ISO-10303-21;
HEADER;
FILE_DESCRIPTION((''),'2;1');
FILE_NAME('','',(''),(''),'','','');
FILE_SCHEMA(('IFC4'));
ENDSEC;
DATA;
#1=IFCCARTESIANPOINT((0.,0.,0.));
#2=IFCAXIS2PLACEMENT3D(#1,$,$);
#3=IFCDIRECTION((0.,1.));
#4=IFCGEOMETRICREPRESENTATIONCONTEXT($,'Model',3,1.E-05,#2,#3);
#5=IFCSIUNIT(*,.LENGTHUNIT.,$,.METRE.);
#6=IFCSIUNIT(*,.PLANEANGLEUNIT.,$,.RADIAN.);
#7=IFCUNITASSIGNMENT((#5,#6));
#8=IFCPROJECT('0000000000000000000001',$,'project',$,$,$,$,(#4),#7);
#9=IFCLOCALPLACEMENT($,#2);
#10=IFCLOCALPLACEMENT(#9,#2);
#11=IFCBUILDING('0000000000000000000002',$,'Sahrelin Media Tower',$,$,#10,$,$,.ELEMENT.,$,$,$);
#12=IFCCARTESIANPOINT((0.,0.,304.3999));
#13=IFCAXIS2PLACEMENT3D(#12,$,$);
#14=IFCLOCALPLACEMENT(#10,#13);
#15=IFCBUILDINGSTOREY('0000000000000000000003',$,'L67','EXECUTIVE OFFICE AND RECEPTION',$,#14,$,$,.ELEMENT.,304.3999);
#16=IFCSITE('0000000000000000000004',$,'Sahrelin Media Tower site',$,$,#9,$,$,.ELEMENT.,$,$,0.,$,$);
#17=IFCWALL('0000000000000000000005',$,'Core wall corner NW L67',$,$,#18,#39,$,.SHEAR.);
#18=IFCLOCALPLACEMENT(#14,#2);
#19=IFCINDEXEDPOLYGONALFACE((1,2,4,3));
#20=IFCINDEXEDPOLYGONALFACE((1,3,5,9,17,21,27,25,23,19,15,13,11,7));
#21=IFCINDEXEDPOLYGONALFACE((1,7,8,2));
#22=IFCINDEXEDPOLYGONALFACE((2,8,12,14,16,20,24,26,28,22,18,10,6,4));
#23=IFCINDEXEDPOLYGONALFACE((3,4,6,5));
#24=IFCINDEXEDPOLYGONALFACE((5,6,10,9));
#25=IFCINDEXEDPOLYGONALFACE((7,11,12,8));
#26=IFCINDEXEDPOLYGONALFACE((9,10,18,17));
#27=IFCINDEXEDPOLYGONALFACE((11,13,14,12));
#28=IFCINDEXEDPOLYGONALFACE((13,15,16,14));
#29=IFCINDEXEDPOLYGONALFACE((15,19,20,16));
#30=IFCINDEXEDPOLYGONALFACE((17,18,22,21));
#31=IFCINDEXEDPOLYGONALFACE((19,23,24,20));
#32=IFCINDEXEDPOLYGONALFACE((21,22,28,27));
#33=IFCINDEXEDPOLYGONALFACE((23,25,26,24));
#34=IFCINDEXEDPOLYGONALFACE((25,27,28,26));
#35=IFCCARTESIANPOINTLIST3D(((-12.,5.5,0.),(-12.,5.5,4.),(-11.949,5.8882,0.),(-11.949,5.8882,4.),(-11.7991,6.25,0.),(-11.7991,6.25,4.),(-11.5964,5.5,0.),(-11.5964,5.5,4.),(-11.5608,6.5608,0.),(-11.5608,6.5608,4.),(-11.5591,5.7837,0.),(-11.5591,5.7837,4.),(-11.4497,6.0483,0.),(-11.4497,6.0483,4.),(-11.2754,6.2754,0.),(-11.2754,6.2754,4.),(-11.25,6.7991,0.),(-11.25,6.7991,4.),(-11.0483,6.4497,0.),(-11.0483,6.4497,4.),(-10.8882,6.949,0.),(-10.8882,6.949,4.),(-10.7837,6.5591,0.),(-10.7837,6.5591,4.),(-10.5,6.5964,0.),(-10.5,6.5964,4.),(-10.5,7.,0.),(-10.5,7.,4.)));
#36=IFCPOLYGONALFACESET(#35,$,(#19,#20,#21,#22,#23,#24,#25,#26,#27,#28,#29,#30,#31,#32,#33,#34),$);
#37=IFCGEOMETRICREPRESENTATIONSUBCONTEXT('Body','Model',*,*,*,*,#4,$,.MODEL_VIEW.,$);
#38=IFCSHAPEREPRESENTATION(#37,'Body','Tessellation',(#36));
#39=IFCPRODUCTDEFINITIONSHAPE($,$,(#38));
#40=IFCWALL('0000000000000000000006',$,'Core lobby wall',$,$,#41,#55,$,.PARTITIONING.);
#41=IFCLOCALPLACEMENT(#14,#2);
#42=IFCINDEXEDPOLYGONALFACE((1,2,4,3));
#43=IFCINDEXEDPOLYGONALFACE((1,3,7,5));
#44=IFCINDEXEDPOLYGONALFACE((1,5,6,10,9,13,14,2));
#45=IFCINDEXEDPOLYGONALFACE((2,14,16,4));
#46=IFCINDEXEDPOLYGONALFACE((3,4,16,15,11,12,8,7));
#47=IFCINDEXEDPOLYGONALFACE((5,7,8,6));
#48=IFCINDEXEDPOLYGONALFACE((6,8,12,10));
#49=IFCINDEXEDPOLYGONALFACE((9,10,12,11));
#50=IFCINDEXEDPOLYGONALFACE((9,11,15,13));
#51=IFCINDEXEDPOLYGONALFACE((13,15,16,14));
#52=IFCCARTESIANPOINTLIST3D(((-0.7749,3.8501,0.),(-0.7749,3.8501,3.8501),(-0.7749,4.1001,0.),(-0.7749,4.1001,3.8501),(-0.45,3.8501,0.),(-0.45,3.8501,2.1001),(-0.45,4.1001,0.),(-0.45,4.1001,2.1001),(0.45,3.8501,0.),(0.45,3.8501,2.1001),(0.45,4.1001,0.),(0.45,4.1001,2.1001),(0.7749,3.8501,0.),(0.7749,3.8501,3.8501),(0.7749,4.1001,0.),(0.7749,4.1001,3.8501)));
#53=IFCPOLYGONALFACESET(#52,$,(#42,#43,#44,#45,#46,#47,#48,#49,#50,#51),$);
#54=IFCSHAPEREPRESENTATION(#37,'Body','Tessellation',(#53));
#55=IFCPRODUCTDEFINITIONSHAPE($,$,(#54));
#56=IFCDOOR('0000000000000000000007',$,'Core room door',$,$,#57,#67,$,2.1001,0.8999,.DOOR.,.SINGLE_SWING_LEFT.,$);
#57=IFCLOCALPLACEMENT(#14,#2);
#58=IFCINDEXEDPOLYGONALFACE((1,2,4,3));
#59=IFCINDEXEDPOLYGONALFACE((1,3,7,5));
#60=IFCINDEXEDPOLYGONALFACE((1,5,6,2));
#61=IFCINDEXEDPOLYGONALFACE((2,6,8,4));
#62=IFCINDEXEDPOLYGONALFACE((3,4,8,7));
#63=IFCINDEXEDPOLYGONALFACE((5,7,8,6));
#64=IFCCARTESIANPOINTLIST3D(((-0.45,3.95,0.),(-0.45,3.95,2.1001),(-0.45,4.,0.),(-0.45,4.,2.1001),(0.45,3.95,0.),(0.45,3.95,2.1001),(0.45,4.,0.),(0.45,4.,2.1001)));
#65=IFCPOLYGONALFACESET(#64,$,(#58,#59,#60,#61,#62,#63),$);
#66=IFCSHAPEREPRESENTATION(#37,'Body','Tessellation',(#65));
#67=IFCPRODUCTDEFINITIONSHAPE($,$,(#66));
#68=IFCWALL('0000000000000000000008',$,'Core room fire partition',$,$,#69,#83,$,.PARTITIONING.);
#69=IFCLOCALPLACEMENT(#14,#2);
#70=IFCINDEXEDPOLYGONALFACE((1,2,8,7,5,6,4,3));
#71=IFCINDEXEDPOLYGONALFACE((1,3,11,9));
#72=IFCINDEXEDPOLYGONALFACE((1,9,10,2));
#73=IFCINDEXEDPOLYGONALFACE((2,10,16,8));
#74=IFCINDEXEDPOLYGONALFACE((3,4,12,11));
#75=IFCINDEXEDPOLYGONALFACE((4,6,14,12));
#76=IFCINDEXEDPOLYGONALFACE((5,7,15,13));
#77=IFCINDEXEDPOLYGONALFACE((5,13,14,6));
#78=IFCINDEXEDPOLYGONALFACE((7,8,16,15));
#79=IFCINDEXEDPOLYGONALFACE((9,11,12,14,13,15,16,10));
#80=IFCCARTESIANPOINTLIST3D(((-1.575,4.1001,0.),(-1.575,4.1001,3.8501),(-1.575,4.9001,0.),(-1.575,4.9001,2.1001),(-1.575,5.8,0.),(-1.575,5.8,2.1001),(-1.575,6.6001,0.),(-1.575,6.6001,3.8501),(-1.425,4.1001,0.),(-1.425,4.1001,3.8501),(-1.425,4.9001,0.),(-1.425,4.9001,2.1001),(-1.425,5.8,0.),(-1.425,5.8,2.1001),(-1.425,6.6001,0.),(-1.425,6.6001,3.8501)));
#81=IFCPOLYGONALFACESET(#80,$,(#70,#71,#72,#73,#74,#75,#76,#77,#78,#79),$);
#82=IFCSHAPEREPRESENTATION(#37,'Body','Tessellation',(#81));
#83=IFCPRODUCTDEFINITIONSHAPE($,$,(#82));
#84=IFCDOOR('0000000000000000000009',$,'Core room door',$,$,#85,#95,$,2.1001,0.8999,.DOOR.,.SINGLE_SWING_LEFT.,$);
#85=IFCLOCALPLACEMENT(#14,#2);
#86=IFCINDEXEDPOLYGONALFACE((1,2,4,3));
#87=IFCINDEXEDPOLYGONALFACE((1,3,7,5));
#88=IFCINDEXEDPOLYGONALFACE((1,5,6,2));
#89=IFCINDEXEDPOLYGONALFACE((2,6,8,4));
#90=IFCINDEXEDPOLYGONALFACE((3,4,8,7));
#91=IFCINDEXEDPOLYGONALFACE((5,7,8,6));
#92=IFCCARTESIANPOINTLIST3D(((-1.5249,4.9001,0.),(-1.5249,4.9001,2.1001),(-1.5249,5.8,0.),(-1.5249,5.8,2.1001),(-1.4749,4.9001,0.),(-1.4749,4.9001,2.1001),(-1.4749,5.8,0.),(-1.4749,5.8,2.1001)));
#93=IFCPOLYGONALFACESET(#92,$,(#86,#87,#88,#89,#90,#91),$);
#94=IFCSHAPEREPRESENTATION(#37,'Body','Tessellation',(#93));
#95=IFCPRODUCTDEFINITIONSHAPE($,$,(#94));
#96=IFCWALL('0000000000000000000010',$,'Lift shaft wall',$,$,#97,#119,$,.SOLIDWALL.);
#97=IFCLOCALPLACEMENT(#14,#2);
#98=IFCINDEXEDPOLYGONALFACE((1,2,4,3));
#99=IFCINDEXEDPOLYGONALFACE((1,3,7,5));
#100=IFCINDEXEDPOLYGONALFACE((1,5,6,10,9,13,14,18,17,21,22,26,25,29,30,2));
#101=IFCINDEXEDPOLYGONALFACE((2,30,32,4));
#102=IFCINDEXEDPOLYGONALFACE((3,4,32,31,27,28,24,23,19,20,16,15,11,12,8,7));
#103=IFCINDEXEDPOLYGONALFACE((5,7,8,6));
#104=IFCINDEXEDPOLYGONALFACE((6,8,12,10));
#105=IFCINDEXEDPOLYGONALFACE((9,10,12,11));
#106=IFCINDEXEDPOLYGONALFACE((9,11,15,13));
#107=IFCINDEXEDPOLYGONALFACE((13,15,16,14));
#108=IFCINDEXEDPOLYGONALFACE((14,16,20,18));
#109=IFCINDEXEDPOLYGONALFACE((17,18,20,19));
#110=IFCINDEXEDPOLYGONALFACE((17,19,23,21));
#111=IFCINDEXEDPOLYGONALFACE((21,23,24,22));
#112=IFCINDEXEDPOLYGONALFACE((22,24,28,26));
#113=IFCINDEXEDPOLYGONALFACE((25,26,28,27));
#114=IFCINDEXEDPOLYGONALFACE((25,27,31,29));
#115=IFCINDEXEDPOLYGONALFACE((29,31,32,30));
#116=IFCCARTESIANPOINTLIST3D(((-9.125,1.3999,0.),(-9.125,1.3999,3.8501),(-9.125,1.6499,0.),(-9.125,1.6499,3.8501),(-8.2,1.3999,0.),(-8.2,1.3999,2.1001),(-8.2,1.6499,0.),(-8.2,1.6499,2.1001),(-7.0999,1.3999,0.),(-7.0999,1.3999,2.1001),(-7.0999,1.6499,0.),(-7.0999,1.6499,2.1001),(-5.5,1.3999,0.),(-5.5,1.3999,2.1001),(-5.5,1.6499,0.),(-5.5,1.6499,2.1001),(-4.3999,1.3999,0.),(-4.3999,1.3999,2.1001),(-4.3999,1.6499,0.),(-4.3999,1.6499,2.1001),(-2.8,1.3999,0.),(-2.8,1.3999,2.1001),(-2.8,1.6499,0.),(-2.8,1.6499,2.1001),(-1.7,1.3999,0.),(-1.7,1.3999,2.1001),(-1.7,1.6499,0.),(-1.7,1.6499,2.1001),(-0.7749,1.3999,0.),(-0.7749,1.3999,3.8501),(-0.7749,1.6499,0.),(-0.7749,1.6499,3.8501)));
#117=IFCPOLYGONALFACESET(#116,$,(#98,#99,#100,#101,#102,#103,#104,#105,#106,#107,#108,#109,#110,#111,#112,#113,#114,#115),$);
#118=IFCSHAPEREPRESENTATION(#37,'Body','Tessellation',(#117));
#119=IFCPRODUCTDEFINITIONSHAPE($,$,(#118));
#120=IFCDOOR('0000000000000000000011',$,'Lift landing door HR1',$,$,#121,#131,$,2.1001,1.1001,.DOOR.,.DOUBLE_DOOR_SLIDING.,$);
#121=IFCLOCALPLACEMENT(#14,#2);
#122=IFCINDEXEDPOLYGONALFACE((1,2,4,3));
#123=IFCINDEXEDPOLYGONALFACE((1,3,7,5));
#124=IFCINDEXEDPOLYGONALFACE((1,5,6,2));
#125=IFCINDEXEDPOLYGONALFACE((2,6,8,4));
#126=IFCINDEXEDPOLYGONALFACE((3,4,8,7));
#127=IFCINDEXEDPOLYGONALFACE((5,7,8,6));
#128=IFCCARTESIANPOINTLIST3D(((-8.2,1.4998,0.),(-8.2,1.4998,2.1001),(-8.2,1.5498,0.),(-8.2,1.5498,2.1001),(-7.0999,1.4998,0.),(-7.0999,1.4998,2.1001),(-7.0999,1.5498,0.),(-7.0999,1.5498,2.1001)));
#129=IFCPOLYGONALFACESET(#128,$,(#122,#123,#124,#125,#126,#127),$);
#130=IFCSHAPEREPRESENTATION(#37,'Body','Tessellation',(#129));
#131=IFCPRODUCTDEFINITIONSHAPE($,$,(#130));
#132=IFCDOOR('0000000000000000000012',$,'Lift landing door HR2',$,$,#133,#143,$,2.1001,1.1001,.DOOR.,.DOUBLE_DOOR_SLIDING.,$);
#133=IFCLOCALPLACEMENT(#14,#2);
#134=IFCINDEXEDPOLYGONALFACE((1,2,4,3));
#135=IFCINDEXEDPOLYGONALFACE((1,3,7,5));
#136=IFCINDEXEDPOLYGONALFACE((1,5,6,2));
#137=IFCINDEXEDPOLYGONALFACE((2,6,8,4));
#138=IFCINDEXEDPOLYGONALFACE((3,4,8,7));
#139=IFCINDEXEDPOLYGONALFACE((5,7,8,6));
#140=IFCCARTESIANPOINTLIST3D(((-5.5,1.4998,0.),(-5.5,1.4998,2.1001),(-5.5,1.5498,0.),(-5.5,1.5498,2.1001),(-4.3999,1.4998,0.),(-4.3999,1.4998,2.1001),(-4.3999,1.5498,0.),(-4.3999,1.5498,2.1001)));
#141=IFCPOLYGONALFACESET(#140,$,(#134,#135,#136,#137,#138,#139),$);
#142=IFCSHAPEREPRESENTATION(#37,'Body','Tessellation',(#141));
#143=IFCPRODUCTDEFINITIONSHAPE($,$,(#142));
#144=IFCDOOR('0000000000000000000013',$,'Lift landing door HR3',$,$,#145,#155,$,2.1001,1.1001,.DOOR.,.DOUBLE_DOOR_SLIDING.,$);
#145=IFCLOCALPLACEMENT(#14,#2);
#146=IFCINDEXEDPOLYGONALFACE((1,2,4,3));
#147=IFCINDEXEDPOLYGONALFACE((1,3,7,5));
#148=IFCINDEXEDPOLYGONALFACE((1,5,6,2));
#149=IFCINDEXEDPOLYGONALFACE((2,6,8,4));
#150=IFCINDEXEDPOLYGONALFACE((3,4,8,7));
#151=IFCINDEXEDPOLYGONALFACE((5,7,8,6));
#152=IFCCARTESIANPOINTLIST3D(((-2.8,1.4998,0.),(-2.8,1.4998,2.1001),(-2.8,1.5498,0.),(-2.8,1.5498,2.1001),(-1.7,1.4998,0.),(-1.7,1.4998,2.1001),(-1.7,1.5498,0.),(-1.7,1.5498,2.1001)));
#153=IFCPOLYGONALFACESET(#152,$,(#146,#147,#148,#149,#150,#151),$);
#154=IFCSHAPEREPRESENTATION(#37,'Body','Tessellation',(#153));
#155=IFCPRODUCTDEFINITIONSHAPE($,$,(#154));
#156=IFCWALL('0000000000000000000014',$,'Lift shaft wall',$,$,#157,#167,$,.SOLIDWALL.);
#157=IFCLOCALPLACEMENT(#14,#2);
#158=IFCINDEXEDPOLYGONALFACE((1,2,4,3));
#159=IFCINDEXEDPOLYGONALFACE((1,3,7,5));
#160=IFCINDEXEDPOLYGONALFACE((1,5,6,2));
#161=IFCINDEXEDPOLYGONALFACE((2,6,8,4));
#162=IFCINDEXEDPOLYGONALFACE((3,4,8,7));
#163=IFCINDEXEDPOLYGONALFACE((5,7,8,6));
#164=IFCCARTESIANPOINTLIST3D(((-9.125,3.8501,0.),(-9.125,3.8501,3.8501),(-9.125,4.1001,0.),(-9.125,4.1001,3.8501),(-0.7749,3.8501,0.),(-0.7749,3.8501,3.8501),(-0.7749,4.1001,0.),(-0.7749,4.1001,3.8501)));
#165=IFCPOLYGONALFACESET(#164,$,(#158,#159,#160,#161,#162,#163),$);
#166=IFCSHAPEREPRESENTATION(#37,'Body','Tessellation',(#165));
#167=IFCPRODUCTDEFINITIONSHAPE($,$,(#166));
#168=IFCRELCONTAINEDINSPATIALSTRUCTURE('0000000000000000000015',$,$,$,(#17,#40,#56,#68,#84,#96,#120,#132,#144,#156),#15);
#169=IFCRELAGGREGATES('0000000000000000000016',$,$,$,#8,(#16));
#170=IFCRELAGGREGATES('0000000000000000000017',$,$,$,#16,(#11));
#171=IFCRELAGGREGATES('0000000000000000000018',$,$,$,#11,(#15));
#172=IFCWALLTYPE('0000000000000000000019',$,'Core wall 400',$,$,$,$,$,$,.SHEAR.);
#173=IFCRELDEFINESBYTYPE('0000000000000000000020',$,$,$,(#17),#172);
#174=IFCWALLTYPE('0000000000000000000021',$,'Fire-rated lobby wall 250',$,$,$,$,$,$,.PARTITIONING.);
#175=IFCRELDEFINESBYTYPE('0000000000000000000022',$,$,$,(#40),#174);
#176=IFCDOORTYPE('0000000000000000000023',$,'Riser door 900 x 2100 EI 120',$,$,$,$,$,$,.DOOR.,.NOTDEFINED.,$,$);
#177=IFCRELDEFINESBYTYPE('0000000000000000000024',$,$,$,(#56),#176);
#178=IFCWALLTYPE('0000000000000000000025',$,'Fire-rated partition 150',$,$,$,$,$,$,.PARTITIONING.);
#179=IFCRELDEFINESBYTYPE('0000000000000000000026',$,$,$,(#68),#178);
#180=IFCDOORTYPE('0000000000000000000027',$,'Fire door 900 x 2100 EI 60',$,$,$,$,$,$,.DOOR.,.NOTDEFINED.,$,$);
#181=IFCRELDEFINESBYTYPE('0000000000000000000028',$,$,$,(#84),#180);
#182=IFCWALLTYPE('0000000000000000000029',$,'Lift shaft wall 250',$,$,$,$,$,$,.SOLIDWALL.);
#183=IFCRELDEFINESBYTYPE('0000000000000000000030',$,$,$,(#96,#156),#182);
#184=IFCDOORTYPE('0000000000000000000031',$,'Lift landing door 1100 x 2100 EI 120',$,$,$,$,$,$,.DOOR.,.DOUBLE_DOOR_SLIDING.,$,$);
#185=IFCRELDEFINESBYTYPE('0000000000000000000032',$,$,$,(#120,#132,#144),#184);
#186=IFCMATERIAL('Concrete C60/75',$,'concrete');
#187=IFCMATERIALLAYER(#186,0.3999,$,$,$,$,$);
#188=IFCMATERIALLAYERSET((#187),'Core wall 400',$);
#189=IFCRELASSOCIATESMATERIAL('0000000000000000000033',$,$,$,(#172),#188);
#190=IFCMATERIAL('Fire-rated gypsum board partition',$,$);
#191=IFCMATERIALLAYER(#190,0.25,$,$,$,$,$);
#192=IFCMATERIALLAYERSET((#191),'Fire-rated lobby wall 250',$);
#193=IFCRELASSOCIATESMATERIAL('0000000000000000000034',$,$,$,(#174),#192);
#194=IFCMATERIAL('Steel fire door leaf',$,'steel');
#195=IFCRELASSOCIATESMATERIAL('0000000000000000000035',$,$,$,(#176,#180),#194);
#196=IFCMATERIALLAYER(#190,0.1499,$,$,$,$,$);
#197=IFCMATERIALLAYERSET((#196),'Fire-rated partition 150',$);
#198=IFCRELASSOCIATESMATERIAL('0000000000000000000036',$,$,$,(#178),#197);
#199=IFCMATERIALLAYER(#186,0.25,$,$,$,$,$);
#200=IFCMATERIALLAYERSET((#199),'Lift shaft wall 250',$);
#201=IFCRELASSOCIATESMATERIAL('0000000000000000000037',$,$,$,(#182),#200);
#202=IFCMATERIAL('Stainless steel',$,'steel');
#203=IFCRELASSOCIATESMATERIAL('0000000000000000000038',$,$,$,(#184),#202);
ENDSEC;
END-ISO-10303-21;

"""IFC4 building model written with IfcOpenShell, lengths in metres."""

from ifc_helpers import new_model, si_unit, direction, frame, frame_2d, origin, place, context, subcontext, project, spatial, polyline, rectangle, outline, extrude, material, layer, layer_set, type_object, element, fill, save


model = new_model("IFC4")

# Units and contexts
model_context = context("Model", 3, precision=1e-05, world=origin(), true_north=direction((0.0, 1.0)))
body_context = subcontext(model_context, "Body", "Model", "MODEL_VIEW")
ifc_project = project(units=[si_unit("LENGTHUNIT", "METRE"), si_unit("PLANEANGLEUNIT", "RADIAN")], contexts=[model_context])

# Site, building, storey
site_placement = place(None, origin())
site = spatial("IfcSite", under=ifc_project, at=site_placement, Name="Sahrelin Media Tower site", CompositionType="ELEMENT", RefElevation=0.0)
building_placement = place(site_placement, origin())
building = spatial("IfcBuilding", under=site, at=building_placement, Name="Sahrelin Media Tower", CompositionType="ELEMENT")
storey_placement = place(building_placement, frame((0.0, 0.0, 304.3999)))
storey = spatial("IfcBuildingStorey", under=building, at=storey_placement, Name="L67", Description="EXECUTIVE OFFICE AND RECEPTION", CompositionType="ELEMENT", Elevation=304.3999)

# Wall
ifc_material_1 = material(Name="Concrete C60/75", Category="concrete")
ifc_layer_1 = layer(ifc_material_1, 0.3999)
ifc_layer_set_1 = layer_set([ifc_layer_1], Name="Core wall 400")
wall_type_1 = type_object("IfcWallType", Name="Core wall 400", PredefinedType="SHEAR", material=ifc_layer_set_1)
placement = place(storey_placement, origin())
element("IfcWall", 1, at=placement, inside=storey, type_object=wall_type_1, Name="Core wall corner NW L67", PredefinedType="SHEAR", context=body_context, shape_type="SweptSolid", body=[
    extrude(outline(polyline([(-12.0, 5.5), (-11.5964, 5.5), (-11.5591, 5.7837), (-11.4497, 6.0483), (-11.2754, 6.2754), (-11.0483, 6.4497), (-10.7837, 6.5591), (-10.5, 6.5964), (-10.5, 7.0), (-10.8882, 6.949), (-11.25, 6.7991), (-11.5608, 6.5608), (-11.7991, 6.25), (-11.949, 5.8882), (-12.0, 5.5)])), origin(), (0.0, 0.0, 1.0), 4.0),
])

# Walls, openings, doors
ifc_material_2 = material(Name="Fire-rated gypsum board partition")
ifc_layer_2 = layer(ifc_material_2, 0.25)
ifc_layer_set_2 = layer_set([ifc_layer_2], Name="Fire-rated lobby wall 250")
wall_type_2 = type_object("IfcWallType", Name="Fire-rated lobby wall 250", PredefinedType="PARTITIONING", material=ifc_layer_set_2)
wall_1_placement = place(storey_placement, frame((-0.7749, 3.9751, 0.0), z_axis=(0.0, 0.0, 1.0), x_axis=(1.0, 0.0, 0.0)))
wall_1 = element("IfcWall", 2, at=wall_1_placement, inside=storey, type_object=wall_type_2, Name="Core lobby wall", PredefinedType="PARTITIONING", context=body_context, shape_type="SweptSolid", body=[
    extrude(rectangle(XDim=1.5498, YDim=0.25, at=frame_2d((0.7749, 0.0))), origin(), (0.0, 0.0, 1.0), 3.8501),
])
opening_1_placement = place(wall_1_placement, frame((0.325, 0.0, 0.0)))
opening_1 = element("IfcOpeningElement", 3, at=opening_1_placement, cuts=wall_1, PredefinedType="OPENING", context=body_context, shape_type="SweptSolid", body=[
    extrude(rectangle(XDim=0.8999, YDim=2.1001, at=frame_2d((0.45, 1.05))), frame((0.0, 0.125, 0.0), z_axis=(0.0, -1.0, 0.0), x_axis=(1.0, 0.0, 0.0)), (0.0, 0.0, 1.0), 0.25),
])
ifc_material_3 = material(Name="Steel fire door leaf", Category="steel")
door_type_1 = type_object("IfcDoorType", Name="Riser door 900 x 2100 EI 120", OperationType="NOTDEFINED", PredefinedType="DOOR", material=ifc_material_3)
door_1_placement = place(opening_1_placement, origin())
door_1 = element("IfcDoor", 4, at=door_1_placement, inside=storey, type_object=door_type_1, Name="Core room door", OperationType="SINGLE_SWING_LEFT", OverallHeight=2.1001, OverallWidth=0.8999, PredefinedType="DOOR", context=body_context, shape_type="SweptSolid", body=[
    extrude(rectangle(XDim=0.8999, YDim=2.1001, at=frame_2d((0.45, 1.05))), frame((0.0, 0.0249, 0.0), z_axis=(0.0, -1.0, 0.0), x_axis=(1.0, 0.0, 0.0)), (0.0, 0.0, 1.0), 0.05),
])
fill(opening_1, door_1)
ifc_layer_3 = layer(ifc_material_2, 0.1499)
ifc_layer_set_3 = layer_set([ifc_layer_3], Name="Fire-rated partition 150")
wall_type_3 = type_object("IfcWallType", Name="Fire-rated partition 150", PredefinedType="PARTITIONING", material=ifc_layer_set_3)
wall_2_placement = place(storey_placement, frame((-1.5, 4.1001, 0.0), z_axis=(0.0, 0.0, 1.0), x_axis=(0.0, 1.0, 0.0)))
wall_2 = element("IfcWall", 5, at=wall_2_placement, inside=storey, type_object=wall_type_3, Name="Core room fire partition", PredefinedType="PARTITIONING", context=body_context, shape_type="SweptSolid", body=[
    extrude(rectangle(XDim=2.5, YDim=0.1499, at=frame_2d((1.25, 0.0))), origin(), (0.0, 0.0, 1.0), 3.8501),
])
opening_2_placement = place(wall_2_placement, frame((0.8, 0.0, 0.0)))
opening_2 = element("IfcOpeningElement", 6, at=opening_2_placement, cuts=wall_2, PredefinedType="OPENING", context=body_context, shape_type="SweptSolid", body=[
    extrude(rectangle(XDim=0.8999, YDim=2.1001, at=frame_2d((0.45, 1.05))), frame((0.0, 0.075, 0.0), z_axis=(0.0, -1.0, 0.0), x_axis=(1.0, 0.0, 0.0)), (0.0, 0.0, 1.0), 0.1499),
])
door_type_2 = type_object("IfcDoorType", Name="Fire door 900 x 2100 EI 60", OperationType="NOTDEFINED", PredefinedType="DOOR", material=ifc_material_3)
door_2_placement = place(opening_2_placement, origin())
door_2 = element("IfcDoor", 7, at=door_2_placement, inside=storey, type_object=door_type_2, Name="Core room door", OperationType="SINGLE_SWING_LEFT", OverallHeight=2.1001, OverallWidth=0.8999, PredefinedType="DOOR", context=body_context, shape_type="SweptSolid", body=[
    extrude(rectangle(XDim=0.8999, YDim=2.1001, at=frame_2d((0.45, 1.05))), frame((0.0, 0.0249, 0.0), z_axis=(0.0, -1.0, 0.0), x_axis=(1.0, 0.0, 0.0)), (0.0, 0.0, 1.0), 0.05),
])
fill(opening_2, door_2)

# Wall, openings, doors
ifc_layer_4 = layer(ifc_material_1, 0.25)
ifc_layer_set_4 = layer_set([ifc_layer_4], Name="Lift shaft wall 250")
wall_type_4 = type_object("IfcWallType", Name="Lift shaft wall 250", PredefinedType="SOLIDWALL", material=ifc_layer_set_4)
wall_3_placement = place(storey_placement, frame((-9.125, 1.5249, 0.0), z_axis=(0.0, 0.0, 1.0), x_axis=(1.0, 0.0, 0.0)))
wall_3 = element("IfcWall", 8, at=wall_3_placement, inside=storey, type_object=wall_type_4, Name="Lift shaft wall", PredefinedType="SOLIDWALL", context=body_context, shape_type="SweptSolid", body=[
    extrude(rectangle(XDim=8.3501, YDim=0.25, at=frame_2d((4.175, 0.0))), origin(), (0.0, 0.0, 1.0), 3.8501),
])
opening_3_placement = place(wall_3_placement, frame((0.925, 0.0, 0.0)))
opening_3 = element("IfcOpeningElement", 9, at=opening_3_placement, cuts=wall_3, PredefinedType="OPENING", context=body_context, shape_type="SweptSolid", body=[
    extrude(rectangle(XDim=1.1001, YDim=2.1001, at=frame_2d((0.55, 1.05))), frame((0.0, 0.125, 0.0), z_axis=(0.0, -1.0, 0.0), x_axis=(1.0, 0.0, 0.0)), (0.0, 0.0, 1.0), 0.25),
])
opening_4_placement = place(wall_3_placement, frame((3.625, 0.0, 0.0)))
opening_4 = element("IfcOpeningElement", 10, at=opening_4_placement, cuts=wall_3, PredefinedType="OPENING", context=body_context, shape_type="SweptSolid", body=[
    extrude(rectangle(XDim=1.1001, YDim=2.1001, at=frame_2d((0.55, 1.05))), frame((0.0, 0.125, 0.0), z_axis=(0.0, -1.0, 0.0), x_axis=(1.0, 0.0, 0.0)), (0.0, 0.0, 1.0), 0.25),
])
opening_5_placement = place(wall_3_placement, frame((6.325, 0.0, 0.0)))
opening_5 = element("IfcOpeningElement", 11, at=opening_5_placement, cuts=wall_3, PredefinedType="OPENING", context=body_context, shape_type="SweptSolid", body=[
    extrude(rectangle(XDim=1.1001, YDim=2.1001, at=frame_2d((0.55, 1.05))), frame((0.0, 0.125, 0.0), z_axis=(0.0, -1.0, 0.0), x_axis=(1.0, 0.0, 0.0)), (0.0, 0.0, 1.0), 0.25),
])
ifc_material_4 = material(Name="Stainless steel", Category="steel")
door_type_3 = type_object("IfcDoorType", Name="Lift landing door 1100 x 2100 EI 120", OperationType="DOUBLE_DOOR_SLIDING", PredefinedType="DOOR", material=ifc_material_4)
door_3_placement = place(opening_3_placement, origin())
door_3 = element("IfcDoor", 12, at=door_3_placement, inside=storey, type_object=door_type_3, Name="Lift landing door HR1", OperationType="DOUBLE_DOOR_SLIDING", OverallHeight=2.1001, OverallWidth=1.1001, PredefinedType="DOOR", context=body_context, shape_type="SweptSolid", body=[
    extrude(rectangle(XDim=1.1001, YDim=2.1001, at=frame_2d((0.55, 1.05))), frame((0.0, 0.0249, 0.0), z_axis=(0.0, -1.0, 0.0), x_axis=(1.0, 0.0, 0.0)), (0.0, 0.0, 1.0), 0.05),
])
fill(opening_3, door_3)
door_4_placement = place(opening_4_placement, origin())
door_4 = element("IfcDoor", 13, at=door_4_placement, inside=storey, type_object=door_type_3, Name="Lift landing door HR2", OperationType="DOUBLE_DOOR_SLIDING", OverallHeight=2.1001, OverallWidth=1.1001, PredefinedType="DOOR", context=body_context, shape_type="SweptSolid", body=[
    extrude(rectangle(XDim=1.1001, YDim=2.1001, at=frame_2d((0.55, 1.05))), frame((0.0, 0.0249, 0.0), z_axis=(0.0, -1.0, 0.0), x_axis=(1.0, 0.0, 0.0)), (0.0, 0.0, 1.0), 0.05),
])
fill(opening_4, door_4)
door_5_placement = place(opening_5_placement, origin())
door_5 = element("IfcDoor", 14, at=door_5_placement, inside=storey, type_object=door_type_3, Name="Lift landing door HR3", OperationType="DOUBLE_DOOR_SLIDING", OverallHeight=2.1001, OverallWidth=1.1001, PredefinedType="DOOR", context=body_context, shape_type="SweptSolid", body=[
    extrude(rectangle(XDim=1.1001, YDim=2.1001, at=frame_2d((0.55, 1.05))), frame((0.0, 0.0249, 0.0), z_axis=(0.0, -1.0, 0.0), x_axis=(1.0, 0.0, 0.0)), (0.0, 0.0, 1.0), 0.05),
])
fill(opening_5, door_5)

# Wall
wall_4_placement = place(storey_placement, frame((-9.125, 3.9751, 0.0), z_axis=(0.0, 0.0, 1.0), x_axis=(1.0, 0.0, 0.0)))
element("IfcWall", 15, at=wall_4_placement, inside=storey, type_object=wall_type_4, Name="Lift shaft wall", PredefinedType="SOLIDWALL", context=body_context, shape_type="SweptSolid", body=[
    extrude(rectangle(XDim=8.3501, YDim=0.25, at=frame_2d((4.175, 0.0))), origin(), (0.0, 0.0, 1.0), 3.8501),
])

save(model, "model.ifc")
